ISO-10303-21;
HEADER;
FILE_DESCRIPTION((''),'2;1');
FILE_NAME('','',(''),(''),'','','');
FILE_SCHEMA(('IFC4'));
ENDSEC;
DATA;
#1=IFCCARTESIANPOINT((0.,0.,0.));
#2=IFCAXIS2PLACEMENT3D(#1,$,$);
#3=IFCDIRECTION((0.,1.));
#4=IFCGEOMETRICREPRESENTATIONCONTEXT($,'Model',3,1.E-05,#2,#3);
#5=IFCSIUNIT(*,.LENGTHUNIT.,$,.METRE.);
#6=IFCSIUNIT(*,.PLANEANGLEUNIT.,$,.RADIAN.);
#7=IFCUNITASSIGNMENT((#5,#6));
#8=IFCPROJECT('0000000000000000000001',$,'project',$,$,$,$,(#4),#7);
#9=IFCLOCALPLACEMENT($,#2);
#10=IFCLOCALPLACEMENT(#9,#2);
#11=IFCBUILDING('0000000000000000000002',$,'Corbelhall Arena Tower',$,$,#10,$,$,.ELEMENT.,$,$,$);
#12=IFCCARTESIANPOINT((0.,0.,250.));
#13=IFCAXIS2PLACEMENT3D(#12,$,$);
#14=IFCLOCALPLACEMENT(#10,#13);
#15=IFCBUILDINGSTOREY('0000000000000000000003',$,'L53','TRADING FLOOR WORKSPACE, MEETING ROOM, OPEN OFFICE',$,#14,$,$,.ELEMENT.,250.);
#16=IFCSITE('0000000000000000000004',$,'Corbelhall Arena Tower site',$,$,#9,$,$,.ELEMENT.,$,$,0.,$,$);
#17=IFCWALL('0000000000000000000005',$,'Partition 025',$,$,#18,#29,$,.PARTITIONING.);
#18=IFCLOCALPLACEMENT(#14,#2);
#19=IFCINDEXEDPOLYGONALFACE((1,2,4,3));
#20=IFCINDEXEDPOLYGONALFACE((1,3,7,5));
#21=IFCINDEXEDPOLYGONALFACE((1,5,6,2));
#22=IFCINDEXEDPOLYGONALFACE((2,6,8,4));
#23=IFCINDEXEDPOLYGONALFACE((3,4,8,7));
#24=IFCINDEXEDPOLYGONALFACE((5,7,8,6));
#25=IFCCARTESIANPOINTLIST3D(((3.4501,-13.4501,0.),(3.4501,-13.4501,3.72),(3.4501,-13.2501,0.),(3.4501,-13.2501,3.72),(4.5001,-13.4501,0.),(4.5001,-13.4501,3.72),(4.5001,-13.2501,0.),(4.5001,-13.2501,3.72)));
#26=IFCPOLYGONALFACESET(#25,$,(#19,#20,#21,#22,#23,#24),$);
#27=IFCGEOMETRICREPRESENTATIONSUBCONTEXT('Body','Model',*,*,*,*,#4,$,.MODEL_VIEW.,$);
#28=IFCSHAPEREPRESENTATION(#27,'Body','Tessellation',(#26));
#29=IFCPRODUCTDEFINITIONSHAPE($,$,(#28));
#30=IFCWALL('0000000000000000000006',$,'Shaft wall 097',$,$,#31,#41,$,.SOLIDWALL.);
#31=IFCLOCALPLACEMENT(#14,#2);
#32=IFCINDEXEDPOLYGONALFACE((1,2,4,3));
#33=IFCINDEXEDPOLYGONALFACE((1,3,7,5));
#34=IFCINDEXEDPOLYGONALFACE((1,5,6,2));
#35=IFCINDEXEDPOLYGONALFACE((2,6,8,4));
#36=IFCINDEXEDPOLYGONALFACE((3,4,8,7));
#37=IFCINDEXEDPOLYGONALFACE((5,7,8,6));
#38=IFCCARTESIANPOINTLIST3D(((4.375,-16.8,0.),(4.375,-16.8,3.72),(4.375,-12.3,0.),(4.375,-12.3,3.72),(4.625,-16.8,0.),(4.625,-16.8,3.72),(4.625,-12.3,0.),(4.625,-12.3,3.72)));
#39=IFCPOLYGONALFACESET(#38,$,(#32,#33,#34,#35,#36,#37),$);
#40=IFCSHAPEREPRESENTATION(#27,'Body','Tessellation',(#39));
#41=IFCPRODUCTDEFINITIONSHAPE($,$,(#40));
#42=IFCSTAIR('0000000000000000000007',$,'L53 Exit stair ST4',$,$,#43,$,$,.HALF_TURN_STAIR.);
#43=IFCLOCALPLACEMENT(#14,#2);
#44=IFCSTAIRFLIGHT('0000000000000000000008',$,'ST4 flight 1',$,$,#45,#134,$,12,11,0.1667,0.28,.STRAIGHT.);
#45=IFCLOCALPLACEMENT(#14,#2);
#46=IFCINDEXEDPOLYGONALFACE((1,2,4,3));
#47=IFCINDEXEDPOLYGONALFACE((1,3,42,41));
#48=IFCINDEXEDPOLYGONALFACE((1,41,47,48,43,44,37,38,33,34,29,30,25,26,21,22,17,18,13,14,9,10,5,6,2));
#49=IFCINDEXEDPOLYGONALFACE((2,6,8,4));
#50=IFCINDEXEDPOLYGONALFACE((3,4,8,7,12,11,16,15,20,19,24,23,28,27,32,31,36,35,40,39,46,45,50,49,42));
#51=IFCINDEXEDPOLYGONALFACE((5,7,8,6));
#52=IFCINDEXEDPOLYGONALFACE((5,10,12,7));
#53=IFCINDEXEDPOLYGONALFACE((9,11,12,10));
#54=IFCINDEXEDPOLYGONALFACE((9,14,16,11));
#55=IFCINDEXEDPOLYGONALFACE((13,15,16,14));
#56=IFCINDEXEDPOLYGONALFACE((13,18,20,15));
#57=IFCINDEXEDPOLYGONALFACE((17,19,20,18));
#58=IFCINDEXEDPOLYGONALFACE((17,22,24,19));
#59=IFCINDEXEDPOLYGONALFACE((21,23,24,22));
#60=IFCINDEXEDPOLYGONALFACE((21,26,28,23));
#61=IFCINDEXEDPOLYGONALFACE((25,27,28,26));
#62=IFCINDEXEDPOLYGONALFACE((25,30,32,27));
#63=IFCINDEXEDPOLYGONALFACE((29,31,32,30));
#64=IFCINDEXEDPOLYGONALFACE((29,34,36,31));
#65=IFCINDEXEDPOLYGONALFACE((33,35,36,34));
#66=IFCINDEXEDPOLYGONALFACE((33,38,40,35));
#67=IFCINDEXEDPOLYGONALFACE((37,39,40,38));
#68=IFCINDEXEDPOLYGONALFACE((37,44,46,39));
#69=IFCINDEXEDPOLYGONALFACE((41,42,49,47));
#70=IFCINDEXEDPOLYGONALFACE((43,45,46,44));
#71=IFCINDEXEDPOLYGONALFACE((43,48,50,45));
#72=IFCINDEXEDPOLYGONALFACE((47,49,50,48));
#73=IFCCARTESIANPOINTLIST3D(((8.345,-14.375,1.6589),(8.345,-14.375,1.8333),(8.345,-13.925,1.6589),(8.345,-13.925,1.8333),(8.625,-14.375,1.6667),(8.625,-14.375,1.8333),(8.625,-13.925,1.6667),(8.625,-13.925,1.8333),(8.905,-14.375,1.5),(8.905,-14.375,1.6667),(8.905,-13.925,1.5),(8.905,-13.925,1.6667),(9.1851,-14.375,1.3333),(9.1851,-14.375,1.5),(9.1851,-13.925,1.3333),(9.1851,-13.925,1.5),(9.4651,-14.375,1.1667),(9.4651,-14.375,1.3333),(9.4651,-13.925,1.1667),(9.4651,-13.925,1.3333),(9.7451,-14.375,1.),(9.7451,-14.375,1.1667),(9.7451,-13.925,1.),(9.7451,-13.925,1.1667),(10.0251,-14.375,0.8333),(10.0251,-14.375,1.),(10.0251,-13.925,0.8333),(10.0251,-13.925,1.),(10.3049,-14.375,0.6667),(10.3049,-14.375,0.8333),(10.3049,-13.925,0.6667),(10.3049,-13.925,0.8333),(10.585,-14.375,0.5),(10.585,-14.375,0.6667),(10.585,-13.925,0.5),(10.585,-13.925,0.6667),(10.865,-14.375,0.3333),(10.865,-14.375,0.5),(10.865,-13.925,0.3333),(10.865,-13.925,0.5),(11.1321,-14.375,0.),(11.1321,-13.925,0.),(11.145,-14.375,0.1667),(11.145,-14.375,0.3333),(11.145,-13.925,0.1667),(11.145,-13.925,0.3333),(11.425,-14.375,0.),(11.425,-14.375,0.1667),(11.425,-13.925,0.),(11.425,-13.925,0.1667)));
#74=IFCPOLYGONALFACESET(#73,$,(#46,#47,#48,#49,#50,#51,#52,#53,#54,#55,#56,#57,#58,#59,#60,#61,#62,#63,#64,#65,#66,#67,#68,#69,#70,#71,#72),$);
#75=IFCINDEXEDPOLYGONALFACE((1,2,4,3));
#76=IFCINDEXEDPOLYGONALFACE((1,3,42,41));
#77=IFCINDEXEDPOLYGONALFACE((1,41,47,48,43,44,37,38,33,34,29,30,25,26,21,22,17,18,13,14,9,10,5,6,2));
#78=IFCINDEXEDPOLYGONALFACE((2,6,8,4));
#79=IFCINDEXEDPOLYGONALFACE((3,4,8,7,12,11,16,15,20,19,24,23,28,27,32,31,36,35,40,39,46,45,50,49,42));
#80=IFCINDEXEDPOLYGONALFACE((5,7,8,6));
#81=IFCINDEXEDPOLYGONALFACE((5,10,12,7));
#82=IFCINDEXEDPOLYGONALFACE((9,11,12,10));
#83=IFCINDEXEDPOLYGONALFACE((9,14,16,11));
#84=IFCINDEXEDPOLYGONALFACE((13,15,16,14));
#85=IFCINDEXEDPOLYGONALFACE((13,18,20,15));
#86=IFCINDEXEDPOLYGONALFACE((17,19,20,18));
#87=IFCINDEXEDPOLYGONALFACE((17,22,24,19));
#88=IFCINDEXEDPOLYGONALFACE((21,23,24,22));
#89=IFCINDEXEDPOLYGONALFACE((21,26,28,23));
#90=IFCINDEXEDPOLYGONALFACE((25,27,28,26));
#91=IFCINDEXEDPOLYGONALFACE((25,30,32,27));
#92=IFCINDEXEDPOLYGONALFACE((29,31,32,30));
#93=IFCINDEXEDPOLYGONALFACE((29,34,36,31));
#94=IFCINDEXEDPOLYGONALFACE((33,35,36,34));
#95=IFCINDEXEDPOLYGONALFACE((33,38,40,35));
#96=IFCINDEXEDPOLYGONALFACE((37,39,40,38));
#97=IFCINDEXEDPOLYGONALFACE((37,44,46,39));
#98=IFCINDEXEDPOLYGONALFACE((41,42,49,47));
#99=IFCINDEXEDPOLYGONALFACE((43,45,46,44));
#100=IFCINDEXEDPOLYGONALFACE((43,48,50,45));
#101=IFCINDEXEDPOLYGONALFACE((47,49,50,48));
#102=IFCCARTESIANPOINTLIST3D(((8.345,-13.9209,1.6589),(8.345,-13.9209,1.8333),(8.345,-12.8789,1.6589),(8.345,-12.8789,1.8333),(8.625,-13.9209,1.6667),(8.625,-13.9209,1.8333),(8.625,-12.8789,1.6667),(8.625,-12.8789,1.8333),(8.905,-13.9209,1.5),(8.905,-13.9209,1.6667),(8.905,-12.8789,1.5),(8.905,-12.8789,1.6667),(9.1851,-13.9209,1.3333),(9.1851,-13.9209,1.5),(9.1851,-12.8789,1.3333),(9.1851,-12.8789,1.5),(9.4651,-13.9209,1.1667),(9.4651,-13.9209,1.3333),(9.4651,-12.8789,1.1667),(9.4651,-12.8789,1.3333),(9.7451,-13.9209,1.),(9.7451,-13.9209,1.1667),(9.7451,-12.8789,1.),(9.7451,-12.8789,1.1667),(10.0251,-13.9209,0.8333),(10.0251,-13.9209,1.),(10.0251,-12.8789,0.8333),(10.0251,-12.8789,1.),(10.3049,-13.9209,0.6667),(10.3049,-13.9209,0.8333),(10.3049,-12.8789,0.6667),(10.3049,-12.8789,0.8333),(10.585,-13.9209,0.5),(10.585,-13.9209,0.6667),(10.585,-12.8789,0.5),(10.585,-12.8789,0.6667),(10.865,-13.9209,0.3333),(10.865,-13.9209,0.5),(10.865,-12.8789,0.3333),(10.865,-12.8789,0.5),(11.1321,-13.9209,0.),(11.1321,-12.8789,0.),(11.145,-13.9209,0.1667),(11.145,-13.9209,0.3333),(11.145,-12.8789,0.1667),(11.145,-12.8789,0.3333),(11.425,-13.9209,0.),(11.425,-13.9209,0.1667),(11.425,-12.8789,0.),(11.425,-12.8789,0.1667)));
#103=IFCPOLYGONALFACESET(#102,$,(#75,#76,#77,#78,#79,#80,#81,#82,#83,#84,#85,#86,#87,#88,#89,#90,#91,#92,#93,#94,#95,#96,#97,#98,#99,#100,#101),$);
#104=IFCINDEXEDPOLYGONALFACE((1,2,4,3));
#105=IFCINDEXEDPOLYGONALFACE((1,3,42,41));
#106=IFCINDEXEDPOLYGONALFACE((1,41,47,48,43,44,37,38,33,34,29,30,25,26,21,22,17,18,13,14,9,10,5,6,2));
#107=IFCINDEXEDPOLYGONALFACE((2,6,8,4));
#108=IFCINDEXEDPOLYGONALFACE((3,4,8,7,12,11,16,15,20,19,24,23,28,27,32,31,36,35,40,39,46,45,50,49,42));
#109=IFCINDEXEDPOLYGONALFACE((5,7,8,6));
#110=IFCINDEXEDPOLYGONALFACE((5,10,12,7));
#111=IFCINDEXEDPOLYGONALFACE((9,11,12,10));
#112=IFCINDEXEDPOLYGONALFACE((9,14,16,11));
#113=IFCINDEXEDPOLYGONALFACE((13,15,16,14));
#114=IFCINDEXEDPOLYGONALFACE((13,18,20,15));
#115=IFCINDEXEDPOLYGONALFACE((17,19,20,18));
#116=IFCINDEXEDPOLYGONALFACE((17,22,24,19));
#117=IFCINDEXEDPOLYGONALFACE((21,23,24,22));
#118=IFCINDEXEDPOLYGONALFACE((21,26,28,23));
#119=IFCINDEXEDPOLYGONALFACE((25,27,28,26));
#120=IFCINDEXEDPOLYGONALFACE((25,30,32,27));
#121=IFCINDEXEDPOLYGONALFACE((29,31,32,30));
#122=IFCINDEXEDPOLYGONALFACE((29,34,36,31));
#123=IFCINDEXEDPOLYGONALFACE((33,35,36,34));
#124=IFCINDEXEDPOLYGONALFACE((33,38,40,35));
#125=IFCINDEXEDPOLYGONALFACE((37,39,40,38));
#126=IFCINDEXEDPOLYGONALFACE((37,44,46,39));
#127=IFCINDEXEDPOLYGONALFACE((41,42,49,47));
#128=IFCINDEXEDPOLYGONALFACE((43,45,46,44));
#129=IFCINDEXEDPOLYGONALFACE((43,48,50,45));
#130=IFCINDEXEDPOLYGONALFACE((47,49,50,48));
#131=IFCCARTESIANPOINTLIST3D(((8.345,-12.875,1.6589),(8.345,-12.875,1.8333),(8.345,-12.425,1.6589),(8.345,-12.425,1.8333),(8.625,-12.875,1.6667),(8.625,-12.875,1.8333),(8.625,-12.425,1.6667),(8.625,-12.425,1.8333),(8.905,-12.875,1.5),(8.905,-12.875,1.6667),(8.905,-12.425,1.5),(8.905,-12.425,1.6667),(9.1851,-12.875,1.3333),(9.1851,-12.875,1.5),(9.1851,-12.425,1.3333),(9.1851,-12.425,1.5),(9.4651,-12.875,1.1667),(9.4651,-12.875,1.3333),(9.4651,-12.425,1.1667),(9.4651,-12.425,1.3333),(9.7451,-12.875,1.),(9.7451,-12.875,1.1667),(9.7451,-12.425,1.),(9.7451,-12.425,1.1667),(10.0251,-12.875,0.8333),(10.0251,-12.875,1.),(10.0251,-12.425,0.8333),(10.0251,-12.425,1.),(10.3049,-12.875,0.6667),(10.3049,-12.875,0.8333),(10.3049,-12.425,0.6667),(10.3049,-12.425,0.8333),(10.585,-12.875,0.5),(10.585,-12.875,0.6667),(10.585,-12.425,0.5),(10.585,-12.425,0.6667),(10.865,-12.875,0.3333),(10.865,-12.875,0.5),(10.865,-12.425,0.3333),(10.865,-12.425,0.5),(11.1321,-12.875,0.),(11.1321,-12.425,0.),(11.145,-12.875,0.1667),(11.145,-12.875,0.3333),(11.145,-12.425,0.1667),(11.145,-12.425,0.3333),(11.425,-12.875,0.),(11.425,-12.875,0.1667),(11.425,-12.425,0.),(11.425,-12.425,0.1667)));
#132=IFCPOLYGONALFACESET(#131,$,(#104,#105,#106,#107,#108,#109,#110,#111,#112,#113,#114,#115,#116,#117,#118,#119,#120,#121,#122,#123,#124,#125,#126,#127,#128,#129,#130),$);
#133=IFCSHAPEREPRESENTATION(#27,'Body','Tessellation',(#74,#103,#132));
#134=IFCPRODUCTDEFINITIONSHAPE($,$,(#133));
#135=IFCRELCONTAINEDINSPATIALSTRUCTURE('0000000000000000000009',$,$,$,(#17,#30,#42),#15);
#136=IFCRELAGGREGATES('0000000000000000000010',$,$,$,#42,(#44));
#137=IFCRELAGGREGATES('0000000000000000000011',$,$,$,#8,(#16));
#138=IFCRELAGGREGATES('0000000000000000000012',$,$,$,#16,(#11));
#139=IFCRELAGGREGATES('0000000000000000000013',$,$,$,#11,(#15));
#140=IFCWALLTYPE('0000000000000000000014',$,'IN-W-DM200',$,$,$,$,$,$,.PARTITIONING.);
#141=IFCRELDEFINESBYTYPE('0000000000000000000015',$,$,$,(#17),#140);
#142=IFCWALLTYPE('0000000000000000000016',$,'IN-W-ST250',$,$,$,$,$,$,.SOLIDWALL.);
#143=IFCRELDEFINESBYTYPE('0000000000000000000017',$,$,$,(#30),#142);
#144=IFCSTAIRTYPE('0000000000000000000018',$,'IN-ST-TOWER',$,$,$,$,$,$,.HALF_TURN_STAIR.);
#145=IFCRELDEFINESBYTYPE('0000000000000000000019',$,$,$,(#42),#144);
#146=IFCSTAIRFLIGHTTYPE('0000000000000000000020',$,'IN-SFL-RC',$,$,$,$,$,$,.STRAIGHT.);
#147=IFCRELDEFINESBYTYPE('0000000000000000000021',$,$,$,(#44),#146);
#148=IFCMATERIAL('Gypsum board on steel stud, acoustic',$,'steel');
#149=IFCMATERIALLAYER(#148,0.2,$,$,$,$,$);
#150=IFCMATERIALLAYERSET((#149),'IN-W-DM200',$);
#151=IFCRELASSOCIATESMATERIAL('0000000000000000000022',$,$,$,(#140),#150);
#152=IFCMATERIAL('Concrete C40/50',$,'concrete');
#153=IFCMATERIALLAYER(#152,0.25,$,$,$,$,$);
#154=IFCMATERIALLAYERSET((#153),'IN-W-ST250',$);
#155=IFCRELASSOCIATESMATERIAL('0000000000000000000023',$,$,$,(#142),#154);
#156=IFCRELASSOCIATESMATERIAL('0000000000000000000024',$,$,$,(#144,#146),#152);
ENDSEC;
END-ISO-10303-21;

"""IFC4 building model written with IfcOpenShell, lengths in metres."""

from ifc_helpers import new_model, si_unit, direction, frame, frame_2d, origin, place, context, subcontext, project, spatial, polyline, rectangle, outline, extrude, material, layer, layer_set, type_object, element, aggregate, save


model = new_model("IFC4")

# Units and contexts
model_context = context("Model", 3, precision=1e-05, world=origin(), true_north=direction((0.0, 1.0)))
body_context = subcontext(model_context, "Body", "Model", "MODEL_VIEW")
ifc_project = project(units=[si_unit("LENGTHUNIT", "METRE"), si_unit("PLANEANGLEUNIT", "RADIAN")], contexts=[model_context])

# Site, building, storey
site_placement = place(None, origin())
site = spatial("IfcSite", under=ifc_project, at=site_placement, Name="Corbelhall Arena Tower site", CompositionType="ELEMENT", RefElevation=0.0)
building_placement = place(site_placement, origin())
building = spatial("IfcBuilding", under=site, at=building_placement, Name="Corbelhall Arena Tower", CompositionType="ELEMENT")
storey_placement = place(building_placement, frame((0.0, 0.0, 250.0)))
storey = spatial("IfcBuildingStorey", under=building, at=storey_placement, Name="L53", Description="TRADING FLOOR WORKSPACE, MEETING ROOM, OPEN OFFICE", CompositionType="ELEMENT", Elevation=250.0)

# Walls
ifc_material_1 = material(Name="Gypsum board on steel stud, acoustic", Category="steel")
ifc_layer_1 = layer(ifc_material_1, 0.2)
ifc_layer_set_1 = layer_set([ifc_layer_1], Name="IN-W-DM200")
wall_type_1 = type_object("IfcWallType", Name="IN-W-DM200", PredefinedType="PARTITIONING", material=ifc_layer_set_1)
wall_1_placement = place(storey_placement, frame((4.5, -13.3501, 0.0), z_axis=(0.0, 0.0, 1.0), x_axis=(-1.0, 0.0, 0.0)))
element("IfcWall", 1, at=wall_1_placement, inside=storey, type_object=wall_type_1, Name="Partition 025", PredefinedType="PARTITIONING", context=body_context, shape_type="SweptSolid", body=[
    extrude(rectangle(XDim=1.05, YDim=0.2, at=frame_2d((0.5249, 0.0))), origin(), (0.0, 0.0, 1.0), 3.72),
])
ifc_material_2 = material(Name="Concrete C40/50", Category="concrete")
ifc_layer_2 = layer(ifc_material_2, 0.25)
ifc_layer_set_2 = layer_set([ifc_layer_2], Name="IN-W-ST250")
wall_type_2 = type_object("IfcWallType", Name="IN-W-ST250", PredefinedType="SOLIDWALL", material=ifc_layer_set_2)
wall_2_placement = place(storey_placement, frame((4.5, -16.8, 0.0), z_axis=(0.0, 0.0, 1.0), x_axis=(0.0, 1.0, 0.0)))
element("IfcWall", 2, at=wall_2_placement, inside=storey, type_object=wall_type_2, Name="Shaft wall 097", PredefinedType="SOLIDWALL", context=body_context, shape_type="SweptSolid", body=[
    extrude(rectangle(XDim=4.5, YDim=0.25, at=frame_2d((2.25, 0.0))), origin(), (0.0, 0.0, 1.0), 3.72),
])

# Stair, stair flight
stair_type = type_object("IfcStairType", Name="IN-ST-TOWER", PredefinedType="HALF_TURN_STAIR", material=ifc_material_2)
stair_placement = place(storey_placement, origin())
stair = element("IfcStair", 3, at=stair_placement, inside=storey, type_object=stair_type, Name="L53 Exit stair ST4", PredefinedType="HALF_TURN_STAIR")
stair_flight_type = type_object("IfcStairFlightType", Name="IN-SFL-RC", PredefinedType="STRAIGHT", material=ifc_material_2)
stair_flight_1_placement = place(storey_placement, frame((11.425, -13.3999, 0.0), z_axis=(0.0, 0.0, 1.0), x_axis=(-1.0, 0.0, 0.0)))
stair_flight_1 = element("IfcStairFlight", 4, at=stair_flight_1_placement, type_object=stair_flight_type, Name="ST4 flight 1", NumberOfRisers=12, NumberOfTreads=11, PredefinedType="STRAIGHT", RiserHeight=0.1667, TreadLength=0.28, context=body_context, shape_type="SweptSolid", body=[
    extrude(outline(polyline([(0.0, 0.0), (0.0, 0.1667), (0.28, 0.1667), (0.28, 0.3333), (0.5601, 0.3333), (0.5601, 0.5), (0.8401, 0.5), (0.8401, 0.6667), (1.1201, 0.6667), (1.1201, 0.8333), (1.3999, 0.8333), (1.3999, 1.0), (1.6799, 1.0), (1.6799, 1.1667), (1.96, 1.1667), (1.96, 1.3333), (2.24, 1.3333), (2.24, 1.5), (2.52, 1.5), (2.52, 1.6667), (2.8, 1.6667), (2.8, 1.8333), (3.0801, 1.8333), (3.0801, 2.0), (3.0801, 1.6589), (0.293, 0.0), (0.0, 0.0)])), frame((0.0, 0.9751, 0.0), z_axis=(0.0, -1.0, 0.0), x_axis=(1.0, 0.0, 0.0)), (0.0, 0.0, 1.0), 0.45),
    extrude(outline(polyline([(0.0, 0.0), (0.0, 0.1667), (0.28, 0.1667), (0.28, 0.3333), (0.5601, 0.3333), (0.5601, 0.5), (0.8401, 0.5), (0.8401, 0.6667), (1.1201, 0.6667), (1.1201, 0.8333), (1.3999, 0.8333), (1.3999, 1.0), (1.6799, 1.0), (1.6799, 1.1667), (1.96, 1.1667), (1.96, 1.3333), (2.24, 1.3333), (2.24, 1.5), (2.52, 1.5), (2.52, 1.6667), (2.8, 1.6667), (2.8, 1.8333), (3.0801, 1.8333), (3.0801, 2.0), (3.0801, 1.6589), (0.293, 0.0), (0.0, 0.0)])), frame((0.0, 0.521, 0.0), z_axis=(0.0, -1.0, 0.0), x_axis=(1.0, 0.0, 0.0)), (0.0, 0.0, 1.0), 1.042),
    extrude(outline(polyline([(0.0, 0.0), (0.0, 0.1667), (0.28, 0.1667), (0.28, 0.3333), (0.5601, 0.3333), (0.5601, 0.5), (0.8401, 0.5), (0.8401, 0.6667), (1.1201, 0.6667), (1.1201, 0.8333), (1.3999, 0.8333), (1.3999, 1.0), (1.6799, 1.0), (1.6799, 1.1667), (1.96, 1.1667), (1.96, 1.3333), (2.24, 1.3333), (2.24, 1.5), (2.52, 1.5), (2.52, 1.6667), (2.8, 1.6667), (2.8, 1.8333), (3.0801, 1.8333), (3.0801, 2.0), (3.0801, 1.6589), (0.293, 0.0), (0.0, 0.0)])), frame((0.0, -0.5249, 0.0), z_axis=(0.0, -1.0, 0.0), x_axis=(1.0, 0.0, 0.0)), (0.0, 0.0, 1.0), 0.45),
])
aggregate(stair, [stair_flight_1])

save(model, "model.ifc")
